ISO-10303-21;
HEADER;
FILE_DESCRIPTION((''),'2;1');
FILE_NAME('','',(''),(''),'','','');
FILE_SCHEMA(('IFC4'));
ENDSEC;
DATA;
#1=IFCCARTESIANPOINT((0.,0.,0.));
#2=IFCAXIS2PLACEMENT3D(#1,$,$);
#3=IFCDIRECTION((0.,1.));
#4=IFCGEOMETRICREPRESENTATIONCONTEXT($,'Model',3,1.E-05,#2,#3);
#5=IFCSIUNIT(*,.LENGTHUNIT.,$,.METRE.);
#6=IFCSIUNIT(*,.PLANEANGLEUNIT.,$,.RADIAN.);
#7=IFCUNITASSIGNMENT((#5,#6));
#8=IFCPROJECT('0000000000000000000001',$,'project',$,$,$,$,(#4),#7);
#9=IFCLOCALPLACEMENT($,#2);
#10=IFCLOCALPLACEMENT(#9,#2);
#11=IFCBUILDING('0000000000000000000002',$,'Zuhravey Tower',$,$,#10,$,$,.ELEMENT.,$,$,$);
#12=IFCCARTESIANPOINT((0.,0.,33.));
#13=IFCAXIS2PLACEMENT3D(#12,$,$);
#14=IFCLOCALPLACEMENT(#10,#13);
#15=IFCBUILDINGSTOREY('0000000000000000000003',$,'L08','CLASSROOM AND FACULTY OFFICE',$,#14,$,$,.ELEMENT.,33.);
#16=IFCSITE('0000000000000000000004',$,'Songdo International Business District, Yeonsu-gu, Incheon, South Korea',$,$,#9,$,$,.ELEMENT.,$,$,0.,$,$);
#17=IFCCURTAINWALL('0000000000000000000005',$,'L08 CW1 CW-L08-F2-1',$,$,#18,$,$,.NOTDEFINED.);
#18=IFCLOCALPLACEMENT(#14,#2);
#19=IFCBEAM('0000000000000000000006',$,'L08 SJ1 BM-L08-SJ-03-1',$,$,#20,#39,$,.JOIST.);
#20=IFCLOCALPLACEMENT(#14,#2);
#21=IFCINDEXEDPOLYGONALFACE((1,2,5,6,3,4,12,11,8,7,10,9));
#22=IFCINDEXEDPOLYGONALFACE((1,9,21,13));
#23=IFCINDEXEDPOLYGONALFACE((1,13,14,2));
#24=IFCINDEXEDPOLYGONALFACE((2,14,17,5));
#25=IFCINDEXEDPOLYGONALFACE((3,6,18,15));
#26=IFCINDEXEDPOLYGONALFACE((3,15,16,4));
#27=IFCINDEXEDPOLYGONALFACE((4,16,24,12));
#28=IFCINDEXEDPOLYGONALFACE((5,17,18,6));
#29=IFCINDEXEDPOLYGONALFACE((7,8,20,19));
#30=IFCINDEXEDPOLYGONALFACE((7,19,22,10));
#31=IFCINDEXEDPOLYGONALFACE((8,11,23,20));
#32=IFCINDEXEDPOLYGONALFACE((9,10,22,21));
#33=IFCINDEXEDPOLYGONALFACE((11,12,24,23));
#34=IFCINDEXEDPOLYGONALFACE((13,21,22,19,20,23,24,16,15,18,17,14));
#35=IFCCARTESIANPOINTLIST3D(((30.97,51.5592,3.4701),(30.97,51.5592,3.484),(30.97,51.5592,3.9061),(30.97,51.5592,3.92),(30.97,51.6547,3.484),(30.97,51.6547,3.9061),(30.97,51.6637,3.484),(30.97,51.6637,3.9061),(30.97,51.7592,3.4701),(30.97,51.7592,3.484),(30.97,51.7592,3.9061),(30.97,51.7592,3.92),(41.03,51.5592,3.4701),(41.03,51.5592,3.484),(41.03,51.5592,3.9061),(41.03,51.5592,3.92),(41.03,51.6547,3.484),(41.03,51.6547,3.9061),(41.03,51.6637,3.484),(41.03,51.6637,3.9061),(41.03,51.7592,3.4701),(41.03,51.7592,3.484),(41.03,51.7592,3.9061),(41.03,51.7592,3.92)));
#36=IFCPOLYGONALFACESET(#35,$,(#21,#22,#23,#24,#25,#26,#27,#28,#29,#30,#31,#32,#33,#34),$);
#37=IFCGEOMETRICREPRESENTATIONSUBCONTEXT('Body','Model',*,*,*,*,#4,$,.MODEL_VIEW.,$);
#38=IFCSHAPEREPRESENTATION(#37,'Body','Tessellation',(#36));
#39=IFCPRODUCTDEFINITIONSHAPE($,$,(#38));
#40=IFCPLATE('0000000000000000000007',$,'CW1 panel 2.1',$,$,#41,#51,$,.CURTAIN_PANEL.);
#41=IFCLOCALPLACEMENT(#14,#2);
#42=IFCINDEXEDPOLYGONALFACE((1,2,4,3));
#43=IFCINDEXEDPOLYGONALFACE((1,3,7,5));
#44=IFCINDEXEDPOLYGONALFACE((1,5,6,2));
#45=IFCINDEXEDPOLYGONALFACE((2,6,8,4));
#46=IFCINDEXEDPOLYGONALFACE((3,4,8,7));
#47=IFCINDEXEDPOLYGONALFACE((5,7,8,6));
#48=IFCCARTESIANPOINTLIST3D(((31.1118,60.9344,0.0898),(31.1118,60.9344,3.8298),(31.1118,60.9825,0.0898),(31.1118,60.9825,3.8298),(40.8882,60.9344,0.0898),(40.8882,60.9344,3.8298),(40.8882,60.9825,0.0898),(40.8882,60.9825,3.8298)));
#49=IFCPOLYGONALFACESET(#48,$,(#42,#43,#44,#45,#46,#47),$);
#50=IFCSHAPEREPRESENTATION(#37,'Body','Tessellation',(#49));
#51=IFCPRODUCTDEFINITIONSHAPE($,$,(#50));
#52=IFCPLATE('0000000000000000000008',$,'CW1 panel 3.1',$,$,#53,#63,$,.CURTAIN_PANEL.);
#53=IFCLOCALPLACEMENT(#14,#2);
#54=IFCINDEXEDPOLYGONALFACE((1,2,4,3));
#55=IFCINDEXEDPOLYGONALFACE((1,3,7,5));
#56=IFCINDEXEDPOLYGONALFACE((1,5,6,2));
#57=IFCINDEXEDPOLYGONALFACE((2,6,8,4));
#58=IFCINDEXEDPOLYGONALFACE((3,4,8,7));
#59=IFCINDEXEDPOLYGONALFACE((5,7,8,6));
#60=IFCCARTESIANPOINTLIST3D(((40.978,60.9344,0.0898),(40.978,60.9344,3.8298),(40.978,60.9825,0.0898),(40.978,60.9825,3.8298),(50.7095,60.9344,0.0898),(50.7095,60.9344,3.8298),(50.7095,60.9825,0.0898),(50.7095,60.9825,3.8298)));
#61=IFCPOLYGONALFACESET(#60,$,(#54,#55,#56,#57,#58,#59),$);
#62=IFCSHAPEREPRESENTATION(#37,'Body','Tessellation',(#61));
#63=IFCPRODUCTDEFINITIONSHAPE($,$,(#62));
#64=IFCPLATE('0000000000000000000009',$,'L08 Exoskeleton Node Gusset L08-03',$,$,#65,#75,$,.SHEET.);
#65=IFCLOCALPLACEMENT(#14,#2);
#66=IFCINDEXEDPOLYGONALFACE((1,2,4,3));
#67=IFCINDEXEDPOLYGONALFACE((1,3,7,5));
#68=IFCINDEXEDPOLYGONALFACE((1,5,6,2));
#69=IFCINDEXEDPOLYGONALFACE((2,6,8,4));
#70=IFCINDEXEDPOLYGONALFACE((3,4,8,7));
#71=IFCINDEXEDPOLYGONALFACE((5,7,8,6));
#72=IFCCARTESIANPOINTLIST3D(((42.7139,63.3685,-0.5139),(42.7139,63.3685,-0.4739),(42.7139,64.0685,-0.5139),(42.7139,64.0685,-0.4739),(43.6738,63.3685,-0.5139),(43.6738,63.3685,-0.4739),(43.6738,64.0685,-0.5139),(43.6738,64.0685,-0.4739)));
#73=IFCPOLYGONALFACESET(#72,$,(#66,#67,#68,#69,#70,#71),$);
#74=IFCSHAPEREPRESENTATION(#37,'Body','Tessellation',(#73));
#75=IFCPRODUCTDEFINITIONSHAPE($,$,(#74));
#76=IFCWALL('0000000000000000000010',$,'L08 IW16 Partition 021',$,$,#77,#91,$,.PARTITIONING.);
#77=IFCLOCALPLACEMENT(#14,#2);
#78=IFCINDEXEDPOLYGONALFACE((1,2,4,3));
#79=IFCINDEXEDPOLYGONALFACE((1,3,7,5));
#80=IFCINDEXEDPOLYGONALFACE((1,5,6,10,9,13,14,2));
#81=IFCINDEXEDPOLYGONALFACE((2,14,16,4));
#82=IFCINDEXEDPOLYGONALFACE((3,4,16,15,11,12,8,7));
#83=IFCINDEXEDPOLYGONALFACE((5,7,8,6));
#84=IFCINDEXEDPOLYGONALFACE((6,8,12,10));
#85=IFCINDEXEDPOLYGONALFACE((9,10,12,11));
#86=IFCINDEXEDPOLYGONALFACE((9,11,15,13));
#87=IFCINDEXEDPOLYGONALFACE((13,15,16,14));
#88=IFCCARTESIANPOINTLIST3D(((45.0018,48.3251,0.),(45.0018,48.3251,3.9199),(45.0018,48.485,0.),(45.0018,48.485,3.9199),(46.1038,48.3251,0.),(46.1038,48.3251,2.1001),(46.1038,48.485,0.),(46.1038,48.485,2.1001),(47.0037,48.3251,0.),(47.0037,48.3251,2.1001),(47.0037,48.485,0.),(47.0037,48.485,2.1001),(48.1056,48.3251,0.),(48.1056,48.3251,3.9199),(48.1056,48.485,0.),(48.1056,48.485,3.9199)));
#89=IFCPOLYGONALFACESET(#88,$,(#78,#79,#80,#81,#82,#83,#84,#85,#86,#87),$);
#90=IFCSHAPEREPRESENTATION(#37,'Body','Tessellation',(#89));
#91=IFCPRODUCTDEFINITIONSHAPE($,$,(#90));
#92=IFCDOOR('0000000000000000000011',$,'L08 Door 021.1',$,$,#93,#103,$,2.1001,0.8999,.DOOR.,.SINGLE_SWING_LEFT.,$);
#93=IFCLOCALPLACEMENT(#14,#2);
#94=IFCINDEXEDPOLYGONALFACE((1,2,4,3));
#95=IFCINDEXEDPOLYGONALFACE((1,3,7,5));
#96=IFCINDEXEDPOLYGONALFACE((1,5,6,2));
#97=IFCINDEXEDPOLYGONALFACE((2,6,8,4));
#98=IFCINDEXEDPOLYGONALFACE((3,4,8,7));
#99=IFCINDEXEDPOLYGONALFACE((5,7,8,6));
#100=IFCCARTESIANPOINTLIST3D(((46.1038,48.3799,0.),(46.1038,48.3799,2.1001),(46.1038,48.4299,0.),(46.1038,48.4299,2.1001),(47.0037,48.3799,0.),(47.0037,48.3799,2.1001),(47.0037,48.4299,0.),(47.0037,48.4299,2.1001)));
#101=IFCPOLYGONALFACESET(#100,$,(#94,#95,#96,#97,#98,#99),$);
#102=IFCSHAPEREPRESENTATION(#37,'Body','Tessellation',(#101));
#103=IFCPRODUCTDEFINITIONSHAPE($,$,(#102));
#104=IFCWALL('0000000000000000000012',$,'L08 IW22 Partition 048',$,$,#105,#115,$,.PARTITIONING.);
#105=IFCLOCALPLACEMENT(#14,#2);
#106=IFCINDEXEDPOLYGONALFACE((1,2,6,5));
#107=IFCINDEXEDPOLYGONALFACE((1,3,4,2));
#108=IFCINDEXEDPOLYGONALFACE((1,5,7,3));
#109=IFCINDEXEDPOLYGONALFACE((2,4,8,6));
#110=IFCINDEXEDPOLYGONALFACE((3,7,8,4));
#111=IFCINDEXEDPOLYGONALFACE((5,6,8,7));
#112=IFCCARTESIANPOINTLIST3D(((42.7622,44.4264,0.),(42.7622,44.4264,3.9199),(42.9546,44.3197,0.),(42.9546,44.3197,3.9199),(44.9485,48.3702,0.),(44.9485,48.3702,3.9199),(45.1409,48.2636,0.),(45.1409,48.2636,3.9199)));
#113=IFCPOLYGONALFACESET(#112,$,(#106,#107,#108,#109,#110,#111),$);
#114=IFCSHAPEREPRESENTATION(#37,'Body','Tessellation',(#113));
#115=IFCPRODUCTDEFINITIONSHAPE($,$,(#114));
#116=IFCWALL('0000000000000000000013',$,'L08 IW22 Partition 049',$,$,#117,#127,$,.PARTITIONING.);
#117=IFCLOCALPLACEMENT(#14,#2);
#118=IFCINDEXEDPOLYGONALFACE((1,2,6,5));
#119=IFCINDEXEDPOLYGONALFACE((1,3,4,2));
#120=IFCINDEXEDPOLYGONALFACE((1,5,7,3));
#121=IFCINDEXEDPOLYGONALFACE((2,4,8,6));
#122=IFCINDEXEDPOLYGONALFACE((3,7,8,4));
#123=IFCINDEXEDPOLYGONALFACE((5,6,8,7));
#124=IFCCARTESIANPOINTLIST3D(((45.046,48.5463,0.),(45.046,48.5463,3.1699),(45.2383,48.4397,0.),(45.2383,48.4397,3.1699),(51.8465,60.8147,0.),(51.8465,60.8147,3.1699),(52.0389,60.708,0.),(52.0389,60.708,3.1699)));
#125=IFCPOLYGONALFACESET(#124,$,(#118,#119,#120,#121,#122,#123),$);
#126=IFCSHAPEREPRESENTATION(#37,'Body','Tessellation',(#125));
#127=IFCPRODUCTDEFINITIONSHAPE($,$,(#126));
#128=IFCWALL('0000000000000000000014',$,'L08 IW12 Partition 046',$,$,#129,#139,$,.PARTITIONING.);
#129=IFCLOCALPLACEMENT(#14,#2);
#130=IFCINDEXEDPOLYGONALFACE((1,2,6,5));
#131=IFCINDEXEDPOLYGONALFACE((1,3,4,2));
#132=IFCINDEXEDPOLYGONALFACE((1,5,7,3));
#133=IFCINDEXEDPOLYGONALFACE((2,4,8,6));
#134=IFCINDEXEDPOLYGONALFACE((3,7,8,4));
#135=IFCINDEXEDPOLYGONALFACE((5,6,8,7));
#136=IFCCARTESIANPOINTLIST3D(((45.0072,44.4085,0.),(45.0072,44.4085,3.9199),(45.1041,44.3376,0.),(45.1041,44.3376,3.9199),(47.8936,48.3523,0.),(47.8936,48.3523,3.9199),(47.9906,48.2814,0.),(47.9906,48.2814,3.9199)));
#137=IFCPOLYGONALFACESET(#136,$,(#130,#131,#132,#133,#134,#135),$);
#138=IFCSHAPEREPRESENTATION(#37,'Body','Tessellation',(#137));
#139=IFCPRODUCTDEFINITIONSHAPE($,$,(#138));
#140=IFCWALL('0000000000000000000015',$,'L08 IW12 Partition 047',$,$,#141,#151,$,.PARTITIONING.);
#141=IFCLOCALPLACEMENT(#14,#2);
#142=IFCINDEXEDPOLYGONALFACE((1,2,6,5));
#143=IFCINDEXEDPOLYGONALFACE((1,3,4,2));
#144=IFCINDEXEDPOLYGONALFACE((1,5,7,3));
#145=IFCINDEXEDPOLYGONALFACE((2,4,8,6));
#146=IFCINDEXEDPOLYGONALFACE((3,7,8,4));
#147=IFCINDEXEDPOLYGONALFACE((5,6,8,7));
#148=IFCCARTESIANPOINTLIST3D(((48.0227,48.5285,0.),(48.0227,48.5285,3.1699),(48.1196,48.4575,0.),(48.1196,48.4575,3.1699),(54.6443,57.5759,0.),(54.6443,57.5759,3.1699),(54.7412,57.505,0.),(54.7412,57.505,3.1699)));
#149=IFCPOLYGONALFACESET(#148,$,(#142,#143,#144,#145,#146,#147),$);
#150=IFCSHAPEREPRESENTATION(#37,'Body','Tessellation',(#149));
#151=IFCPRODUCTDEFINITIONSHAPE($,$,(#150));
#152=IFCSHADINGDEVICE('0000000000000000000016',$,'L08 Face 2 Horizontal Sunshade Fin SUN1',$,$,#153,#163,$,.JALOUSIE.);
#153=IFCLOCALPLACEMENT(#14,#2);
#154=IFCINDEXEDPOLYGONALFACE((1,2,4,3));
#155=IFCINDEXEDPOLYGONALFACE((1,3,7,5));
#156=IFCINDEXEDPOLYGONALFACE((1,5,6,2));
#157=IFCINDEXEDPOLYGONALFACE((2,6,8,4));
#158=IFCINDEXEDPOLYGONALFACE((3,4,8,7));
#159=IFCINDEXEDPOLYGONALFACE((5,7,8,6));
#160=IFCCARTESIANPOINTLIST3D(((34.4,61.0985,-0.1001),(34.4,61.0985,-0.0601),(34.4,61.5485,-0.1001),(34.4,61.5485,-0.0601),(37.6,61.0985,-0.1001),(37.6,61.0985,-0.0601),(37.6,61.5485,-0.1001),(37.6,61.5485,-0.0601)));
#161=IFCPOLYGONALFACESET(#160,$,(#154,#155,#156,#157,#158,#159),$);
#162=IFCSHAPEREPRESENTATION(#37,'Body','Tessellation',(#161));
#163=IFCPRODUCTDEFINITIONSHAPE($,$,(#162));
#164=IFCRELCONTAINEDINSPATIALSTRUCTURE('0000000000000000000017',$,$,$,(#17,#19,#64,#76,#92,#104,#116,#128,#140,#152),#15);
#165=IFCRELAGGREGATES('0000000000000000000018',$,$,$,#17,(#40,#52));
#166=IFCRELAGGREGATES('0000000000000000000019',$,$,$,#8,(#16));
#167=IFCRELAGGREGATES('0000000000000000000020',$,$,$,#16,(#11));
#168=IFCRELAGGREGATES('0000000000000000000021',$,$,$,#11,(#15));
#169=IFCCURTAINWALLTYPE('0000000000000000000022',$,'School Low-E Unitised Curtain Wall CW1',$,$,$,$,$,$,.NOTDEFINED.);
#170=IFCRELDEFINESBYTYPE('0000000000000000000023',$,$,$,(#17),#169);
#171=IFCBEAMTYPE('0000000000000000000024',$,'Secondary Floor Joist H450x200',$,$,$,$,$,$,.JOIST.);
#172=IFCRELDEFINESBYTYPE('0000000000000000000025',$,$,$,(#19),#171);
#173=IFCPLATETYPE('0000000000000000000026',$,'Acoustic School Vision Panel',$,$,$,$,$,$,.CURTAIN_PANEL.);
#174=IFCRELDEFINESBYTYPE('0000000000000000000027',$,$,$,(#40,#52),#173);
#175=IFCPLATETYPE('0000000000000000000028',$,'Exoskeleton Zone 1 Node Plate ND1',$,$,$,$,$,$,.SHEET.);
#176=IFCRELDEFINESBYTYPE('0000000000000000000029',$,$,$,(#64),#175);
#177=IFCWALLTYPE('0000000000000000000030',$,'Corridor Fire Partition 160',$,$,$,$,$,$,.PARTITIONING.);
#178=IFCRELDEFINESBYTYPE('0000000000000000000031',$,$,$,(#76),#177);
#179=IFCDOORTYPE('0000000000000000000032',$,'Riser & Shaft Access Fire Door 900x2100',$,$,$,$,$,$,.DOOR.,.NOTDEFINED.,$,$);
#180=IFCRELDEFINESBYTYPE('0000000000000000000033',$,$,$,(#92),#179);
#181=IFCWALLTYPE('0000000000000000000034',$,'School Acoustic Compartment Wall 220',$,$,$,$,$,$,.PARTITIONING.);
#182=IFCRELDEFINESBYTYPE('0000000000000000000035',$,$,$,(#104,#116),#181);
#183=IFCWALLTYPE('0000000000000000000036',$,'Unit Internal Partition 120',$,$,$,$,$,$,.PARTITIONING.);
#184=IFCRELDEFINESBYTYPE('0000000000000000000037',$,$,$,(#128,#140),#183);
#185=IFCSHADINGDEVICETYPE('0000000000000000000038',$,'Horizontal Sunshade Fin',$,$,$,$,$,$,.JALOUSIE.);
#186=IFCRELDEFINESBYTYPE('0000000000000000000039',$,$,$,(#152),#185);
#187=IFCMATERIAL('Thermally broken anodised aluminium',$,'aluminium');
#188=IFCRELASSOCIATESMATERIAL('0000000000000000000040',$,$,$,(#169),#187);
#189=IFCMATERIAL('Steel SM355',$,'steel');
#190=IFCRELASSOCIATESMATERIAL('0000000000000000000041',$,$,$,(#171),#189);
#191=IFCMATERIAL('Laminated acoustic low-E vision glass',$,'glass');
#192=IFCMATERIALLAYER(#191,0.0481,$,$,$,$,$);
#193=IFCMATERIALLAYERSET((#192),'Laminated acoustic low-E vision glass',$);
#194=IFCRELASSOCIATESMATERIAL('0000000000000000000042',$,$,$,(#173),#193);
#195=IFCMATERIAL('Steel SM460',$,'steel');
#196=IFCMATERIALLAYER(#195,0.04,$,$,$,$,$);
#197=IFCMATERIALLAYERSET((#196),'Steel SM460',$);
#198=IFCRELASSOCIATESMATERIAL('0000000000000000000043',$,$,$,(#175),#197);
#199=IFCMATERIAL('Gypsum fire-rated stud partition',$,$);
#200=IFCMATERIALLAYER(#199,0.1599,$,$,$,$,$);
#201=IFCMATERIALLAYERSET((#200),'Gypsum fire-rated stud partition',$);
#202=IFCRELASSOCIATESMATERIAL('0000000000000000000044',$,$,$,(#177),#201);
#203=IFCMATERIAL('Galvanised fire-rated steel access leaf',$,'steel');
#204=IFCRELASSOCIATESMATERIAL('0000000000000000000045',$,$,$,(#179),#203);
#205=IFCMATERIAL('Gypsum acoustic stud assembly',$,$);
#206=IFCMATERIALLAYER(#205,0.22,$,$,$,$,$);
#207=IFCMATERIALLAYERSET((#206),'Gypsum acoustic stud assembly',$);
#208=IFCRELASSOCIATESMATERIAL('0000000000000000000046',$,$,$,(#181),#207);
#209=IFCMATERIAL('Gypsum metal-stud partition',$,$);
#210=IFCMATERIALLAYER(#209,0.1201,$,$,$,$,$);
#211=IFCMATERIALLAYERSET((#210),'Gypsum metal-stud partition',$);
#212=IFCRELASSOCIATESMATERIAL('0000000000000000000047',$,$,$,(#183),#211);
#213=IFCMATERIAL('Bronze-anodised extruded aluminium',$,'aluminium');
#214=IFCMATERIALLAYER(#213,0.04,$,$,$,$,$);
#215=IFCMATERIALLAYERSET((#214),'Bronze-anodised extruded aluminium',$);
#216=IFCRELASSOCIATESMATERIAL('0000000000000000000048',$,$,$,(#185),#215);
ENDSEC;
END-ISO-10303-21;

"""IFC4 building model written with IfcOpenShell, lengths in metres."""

from ifc_helpers import new_model, si_unit, direction, frame, frame_2d, origin, origin_2d, place, context, subcontext, project, spatial, rectangle, i_section, extrude, material, layer, layer_set, material_profile, profile_set, type_object, element, fill, aggregate, save


model = new_model("IFC4")

# Units and contexts
model_context = context("Model", 3, precision=1e-05, world=origin(), true_north=direction((0.0, 1.0)))
body_context = subcontext(model_context, "Body", "Model", "MODEL_VIEW")
ifc_project = project(units=[si_unit("LENGTHUNIT", "METRE"), si_unit("PLANEANGLEUNIT", "RADIAN")], contexts=[model_context])

# Site, building, storey
site_placement = place(None, origin())
site = spatial("IfcSite", under=ifc_project, at=site_placement, Name="Songdo International Business District, Yeonsu-gu, Incheon, South Korea", CompositionType="ELEMENT", RefElevation=0.0)
building_placement = place(site_placement, origin())
building = spatial("IfcBuilding", under=site, at=building_placement, Name="Zuhravey Tower", CompositionType="ELEMENT")
storey_placement = place(building_placement, frame((0.0, 0.0, 33.0)))
storey = spatial("IfcBuildingStorey", under=building, at=storey_placement, Name="L08", Description="CLASSROOM AND FACULTY OFFICE", CompositionType="ELEMENT", Elevation=33.0)

# Curtain wall
ifc_material_1 = material(Name="Thermally broken anodised aluminium", Category="aluminium")
curtain_wall_type = type_object("IfcCurtainWallType", Name="School Low-E Unitised Curtain Wall CW1", PredefinedType="NOTDEFINED", material=ifc_material_1)
curtain_wall_placement = place(storey_placement, origin())
curtain_wall = element("IfcCurtainWall", 1, at=curtain_wall_placement, inside=storey, type_object=curtain_wall_type, Name="L08 CW1 CW-L08-F2-1", PredefinedType="NOTDEFINED")

# Shared definitions
ifc_material_2 = material(Name="Steel SM355", Category="steel")
ifc_material_3 = material(Name="Steel SM460", Category="steel")

# Beam
ifc_material_profile_1 = material_profile(ifc_material_2, i_section(OverallWidth=0.2, OverallDepth=0.45, WebThickness=0.009, FlangeThickness=0.0139, at=origin_2d()), Name="H-450x200x9x14")
ifc_profile_set_1 = profile_set([ifc_material_profile_1], Name="Steel SM355")
beam_type_1 = type_object("IfcBeamType", Name="Secondary Floor Joist H450x200", PredefinedType="JOIST", material=ifc_profile_set_1)
beam_1_placement = place(storey_placement, frame((41.03, 51.6592, 3.6951), z_axis=(-1.0, 0.0, 0.0), x_axis=(0.0, -1.0, 0.0)))
element("IfcBeam", 2, at=beam_1_placement, inside=storey, type_object=beam_type_1, Name="L08 SJ1 BM-L08-SJ-03-1", PredefinedType="JOIST", context=body_context, shape_type="SweptSolid", body=[
    extrude(i_section(OverallWidth=0.2, OverallDepth=0.45, WebThickness=0.009, FlangeThickness=0.0139, at=origin_2d()), origin(), (0.0, 0.0, 1.0), 10.0601),
])

# Plates
ifc_material_4 = material(Name="Laminated acoustic low-E vision glass", Category="glass")
ifc_layer_1 = layer(ifc_material_4, 0.0481)
ifc_layer_set_1 = layer_set([ifc_layer_1], Name="Laminated acoustic low-E vision glass")
plate_type_1 = type_object("IfcPlateType", Name="Acoustic School Vision Panel", PredefinedType="CURTAIN_PANEL", material=ifc_layer_set_1)
plate_1_placement = place(storey_placement, frame((36.0, 60.9585, 0.0898), z_axis=(0.0, 0.0, 1.0), x_axis=(1.0, 0.0, 0.0)))
plate_1 = element("IfcPlate", 3, at=plate_1_placement, type_object=plate_type_1, Name="CW1 panel 2.1", PredefinedType="CURTAIN_PANEL", context=body_context, shape_type="SweptSolid", body=[
    extrude(rectangle(XDim=9.7764, YDim=0.0481, at=origin_2d()), origin(), (0.0, 0.0, 1.0), 3.74),
])
plate_2_placement = place(storey_placement, frame((45.8438, 60.9585, 0.0898), z_axis=(0.0, 0.0, 1.0), x_axis=(1.0, 0.0, 0.0)))
plate_2 = element("IfcPlate", 4, at=plate_2_placement, type_object=plate_type_1, Name="CW1 panel 3.1", PredefinedType="CURTAIN_PANEL", context=body_context, shape_type="SweptSolid", body=[
    extrude(rectangle(XDim=9.7314, YDim=0.0481, at=origin_2d()), origin(), (0.0, 0.0, 1.0), 3.74),
])
aggregate(curtain_wall, [plate_1, plate_2])
ifc_layer_2 = layer(ifc_material_3, 0.04)
ifc_layer_set_2 = layer_set([ifc_layer_2], Name="Steel SM460")
plate_type_2 = type_object("IfcPlateType", Name="Exoskeleton Zone 1 Node Plate ND1", PredefinedType="SHEET", material=ifc_layer_set_2)
plate_3_placement = place(storey_placement, frame((43.1938, 63.7185, -0.5139), z_axis=(0.0, 0.0, 1.0), x_axis=(-1.0, 0.0, 0.0)))
element("IfcPlate", 5, at=plate_3_placement, inside=storey, type_object=plate_type_2, Name="L08 Exoskeleton Node Gusset L08-03", PredefinedType="SHEET", context=body_context, shape_type="SweptSolid", body=[
    extrude(rectangle(XDim=0.96, YDim=0.7, at=origin_2d()), origin(), (0.0, 0.0, 1.0), 0.04),
])

# Wall, opening, door
ifc_material_5 = material(Name="Gypsum fire-rated stud partition")
ifc_layer_3 = layer(ifc_material_5, 0.1599)
ifc_layer_set_3 = layer_set([ifc_layer_3], Name="Gypsum fire-rated stud partition")
wall_type_1 = type_object("IfcWallType", Name="Corridor Fire Partition 160", PredefinedType="PARTITIONING", material=ifc_layer_set_3)
wall_1_placement = place(storey_placement, frame((45.002, 48.405, 0.0), z_axis=(0.0, 0.0, 1.0), x_axis=(1.0, 0.0, 0.0)))
wall_1 = element("IfcWall", 6, at=wall_1_placement, inside=storey, type_object=wall_type_1, Name="L08 IW16 Partition 021", PredefinedType="PARTITIONING", context=body_context, shape_type="SweptSolid", body=[
    extrude(rectangle(XDim=3.1038, YDim=0.1599, at=frame_2d((1.5518, 0.0))), origin(), (0.0, 0.0, 1.0), 3.9199),
])
opening_placement = place(wall_1_placement, frame((1.1018, 0.0, 0.0)))
opening = element("IfcOpeningElement", 7, at=opening_placement, cuts=wall_1, PredefinedType="OPENING", context=body_context, shape_type="SweptSolid", body=[
    extrude(rectangle(XDim=0.8999, YDim=2.1001, at=frame_2d((0.45, 1.05))), frame((0.0, 0.092, 0.0), z_axis=(0.0, -1.0, 0.0), x_axis=(1.0, 0.0, 0.0)), (0.0, 0.0, 1.0), 0.1838),
])
ifc_material_6 = material(Name="Galvanised fire-rated steel access leaf", Category="steel")
door_type = type_object("IfcDoorType", Name="Riser & Shaft Access Fire Door 900x2100", OperationType="NOTDEFINED", PredefinedType="DOOR", material=ifc_material_6)
door_placement = place(opening_placement, origin())
door = element("IfcDoor", 8, at=door_placement, inside=storey, type_object=door_type, Name="L08 Door 021.1", OperationType="SINGLE_SWING_LEFT", OverallHeight=2.1001, OverallWidth=0.8999, PredefinedType="DOOR", context=body_context, shape_type="SweptSolid", body=[
    extrude(rectangle(XDim=0.8999, YDim=2.1001, at=frame_2d((0.45, 1.05))), frame((0.0, 0.0249, 0.0), z_axis=(0.0, -1.0, 0.0), x_axis=(1.0, 0.0, 0.0)), (0.0, 0.0, 1.0), 0.05),
])
fill(opening, door)

# Walls
ifc_material_7 = material(Name="Gypsum acoustic stud assembly")
ifc_layer_4 = layer(ifc_material_7, 0.22)
ifc_layer_set_4 = layer_set([ifc_layer_4], Name="Gypsum acoustic stud assembly")
wall_type_2 = type_object("IfcWallType", Name="School Acoustic Compartment Wall 220", PredefinedType="PARTITIONING", material=ifc_layer_set_4)
wall_2_placement = place(storey_placement, frame((42.8584, 44.373, 0.0), z_axis=(0.0, 0.0, 1.0), x_axis=(0.484838, 0.874604, 0.0)))
element("IfcWall", 9, at=wall_2_placement, inside=storey, type_object=wall_type_2, Name="L08 IW22 Partition 048", PredefinedType="PARTITIONING", context=body_context, shape_type="SweptSolid", body=[
    extrude(rectangle(XDim=4.5093, YDim=0.22, at=frame_2d((2.2546, 0.0))), origin(), (0.0, 0.0, 1.0), 3.9199),
])
wall_3_placement = place(storey_placement, frame((45.1421, 48.4929, 0.0), z_axis=(0.0, 0.0, 1.0), x_axis=(0.484815, 0.874617, 0.0)))
element("IfcWall", 10, at=wall_3_placement, inside=storey, type_object=wall_type_2, Name="L08 IW22 Partition 049", PredefinedType="PARTITIONING", context=body_context, shape_type="SweptSolid", body=[
    extrude(rectangle(XDim=14.0271, YDim=0.22, at=frame_2d((7.0137, 0.0))), origin(), (0.0, 0.0, 1.0), 3.1699),
])
ifc_material_8 = material(Name="Gypsum metal-stud partition")
ifc_layer_5 = layer(ifc_material_8, 0.1201)
ifc_layer_set_5 = layer_set([ifc_layer_5], Name="Gypsum metal-stud partition")
wall_type_3 = type_object("IfcWallType", Name="Unit Internal Partition 120", PredefinedType="PARTITIONING", material=ifc_layer_set_5)
wall_4_placement = place(storey_placement, frame((45.0557, 44.373, 0.0), z_axis=(0.0, 0.0, 1.0), x_axis=(0.590608, 0.806959, 0.0)))
element("IfcWall", 11, at=wall_4_placement, inside=storey, type_object=wall_type_3, Name="L08 IW12 Partition 046", PredefinedType="PARTITIONING", context=body_context, shape_type="SweptSolid", body=[
    extrude(rectangle(XDim=4.8872, YDim=0.1201, at=frame_2d((2.4436, 0.0))), origin(), (0.0, 0.0, 1.0), 3.9199),
])
wall_5_placement = place(storey_placement, frame((48.071, 48.4929, 0.0), z_axis=(0.0, 0.0, 1.0), x_axis=(0.590601, 0.806964, 0.0)))
element("IfcWall", 12, at=wall_5_placement, inside=storey, type_object=wall_type_3, Name="L08 IW12 Partition 047", PredefinedType="PARTITIONING", context=body_context, shape_type="SweptSolid", body=[
    extrude(rectangle(XDim=11.2117, YDim=0.1201, at=frame_2d((5.606, 0.0))), origin(), (0.0, 0.0, 1.0), 3.1699),
])

# Shading device
ifc_material_9 = material(Name="Bronze-anodised extruded aluminium", Category="aluminium")
ifc_layer_6 = layer(ifc_material_9, 0.04)
ifc_layer_set_6 = layer_set([ifc_layer_6], Name="Bronze-anodised extruded aluminium")
shading_device_type = type_object("IfcShadingDeviceType", Name="Horizontal Sunshade Fin", PredefinedType="JALOUSIE", material=ifc_layer_set_6)
shading_device_placement = place(storey_placement, frame((36.0, 61.3235, -0.1001), z_axis=(0.0, 0.0, 1.0), x_axis=(1.0, 0.0, 0.0)))
element("IfcShadingDevice", 13, at=shading_device_placement, inside=storey, type_object=shading_device_type, Name="L08 Face 2 Horizontal Sunshade Fin SUN1", PredefinedType="JALOUSIE", context=body_context, shape_type="SweptSolid", body=[
    extrude(rectangle(XDim=3.2, YDim=0.45, at=origin_2d()), origin(), (0.0, 0.0, 1.0), 0.04),
])

save(model, "model.ifc")
